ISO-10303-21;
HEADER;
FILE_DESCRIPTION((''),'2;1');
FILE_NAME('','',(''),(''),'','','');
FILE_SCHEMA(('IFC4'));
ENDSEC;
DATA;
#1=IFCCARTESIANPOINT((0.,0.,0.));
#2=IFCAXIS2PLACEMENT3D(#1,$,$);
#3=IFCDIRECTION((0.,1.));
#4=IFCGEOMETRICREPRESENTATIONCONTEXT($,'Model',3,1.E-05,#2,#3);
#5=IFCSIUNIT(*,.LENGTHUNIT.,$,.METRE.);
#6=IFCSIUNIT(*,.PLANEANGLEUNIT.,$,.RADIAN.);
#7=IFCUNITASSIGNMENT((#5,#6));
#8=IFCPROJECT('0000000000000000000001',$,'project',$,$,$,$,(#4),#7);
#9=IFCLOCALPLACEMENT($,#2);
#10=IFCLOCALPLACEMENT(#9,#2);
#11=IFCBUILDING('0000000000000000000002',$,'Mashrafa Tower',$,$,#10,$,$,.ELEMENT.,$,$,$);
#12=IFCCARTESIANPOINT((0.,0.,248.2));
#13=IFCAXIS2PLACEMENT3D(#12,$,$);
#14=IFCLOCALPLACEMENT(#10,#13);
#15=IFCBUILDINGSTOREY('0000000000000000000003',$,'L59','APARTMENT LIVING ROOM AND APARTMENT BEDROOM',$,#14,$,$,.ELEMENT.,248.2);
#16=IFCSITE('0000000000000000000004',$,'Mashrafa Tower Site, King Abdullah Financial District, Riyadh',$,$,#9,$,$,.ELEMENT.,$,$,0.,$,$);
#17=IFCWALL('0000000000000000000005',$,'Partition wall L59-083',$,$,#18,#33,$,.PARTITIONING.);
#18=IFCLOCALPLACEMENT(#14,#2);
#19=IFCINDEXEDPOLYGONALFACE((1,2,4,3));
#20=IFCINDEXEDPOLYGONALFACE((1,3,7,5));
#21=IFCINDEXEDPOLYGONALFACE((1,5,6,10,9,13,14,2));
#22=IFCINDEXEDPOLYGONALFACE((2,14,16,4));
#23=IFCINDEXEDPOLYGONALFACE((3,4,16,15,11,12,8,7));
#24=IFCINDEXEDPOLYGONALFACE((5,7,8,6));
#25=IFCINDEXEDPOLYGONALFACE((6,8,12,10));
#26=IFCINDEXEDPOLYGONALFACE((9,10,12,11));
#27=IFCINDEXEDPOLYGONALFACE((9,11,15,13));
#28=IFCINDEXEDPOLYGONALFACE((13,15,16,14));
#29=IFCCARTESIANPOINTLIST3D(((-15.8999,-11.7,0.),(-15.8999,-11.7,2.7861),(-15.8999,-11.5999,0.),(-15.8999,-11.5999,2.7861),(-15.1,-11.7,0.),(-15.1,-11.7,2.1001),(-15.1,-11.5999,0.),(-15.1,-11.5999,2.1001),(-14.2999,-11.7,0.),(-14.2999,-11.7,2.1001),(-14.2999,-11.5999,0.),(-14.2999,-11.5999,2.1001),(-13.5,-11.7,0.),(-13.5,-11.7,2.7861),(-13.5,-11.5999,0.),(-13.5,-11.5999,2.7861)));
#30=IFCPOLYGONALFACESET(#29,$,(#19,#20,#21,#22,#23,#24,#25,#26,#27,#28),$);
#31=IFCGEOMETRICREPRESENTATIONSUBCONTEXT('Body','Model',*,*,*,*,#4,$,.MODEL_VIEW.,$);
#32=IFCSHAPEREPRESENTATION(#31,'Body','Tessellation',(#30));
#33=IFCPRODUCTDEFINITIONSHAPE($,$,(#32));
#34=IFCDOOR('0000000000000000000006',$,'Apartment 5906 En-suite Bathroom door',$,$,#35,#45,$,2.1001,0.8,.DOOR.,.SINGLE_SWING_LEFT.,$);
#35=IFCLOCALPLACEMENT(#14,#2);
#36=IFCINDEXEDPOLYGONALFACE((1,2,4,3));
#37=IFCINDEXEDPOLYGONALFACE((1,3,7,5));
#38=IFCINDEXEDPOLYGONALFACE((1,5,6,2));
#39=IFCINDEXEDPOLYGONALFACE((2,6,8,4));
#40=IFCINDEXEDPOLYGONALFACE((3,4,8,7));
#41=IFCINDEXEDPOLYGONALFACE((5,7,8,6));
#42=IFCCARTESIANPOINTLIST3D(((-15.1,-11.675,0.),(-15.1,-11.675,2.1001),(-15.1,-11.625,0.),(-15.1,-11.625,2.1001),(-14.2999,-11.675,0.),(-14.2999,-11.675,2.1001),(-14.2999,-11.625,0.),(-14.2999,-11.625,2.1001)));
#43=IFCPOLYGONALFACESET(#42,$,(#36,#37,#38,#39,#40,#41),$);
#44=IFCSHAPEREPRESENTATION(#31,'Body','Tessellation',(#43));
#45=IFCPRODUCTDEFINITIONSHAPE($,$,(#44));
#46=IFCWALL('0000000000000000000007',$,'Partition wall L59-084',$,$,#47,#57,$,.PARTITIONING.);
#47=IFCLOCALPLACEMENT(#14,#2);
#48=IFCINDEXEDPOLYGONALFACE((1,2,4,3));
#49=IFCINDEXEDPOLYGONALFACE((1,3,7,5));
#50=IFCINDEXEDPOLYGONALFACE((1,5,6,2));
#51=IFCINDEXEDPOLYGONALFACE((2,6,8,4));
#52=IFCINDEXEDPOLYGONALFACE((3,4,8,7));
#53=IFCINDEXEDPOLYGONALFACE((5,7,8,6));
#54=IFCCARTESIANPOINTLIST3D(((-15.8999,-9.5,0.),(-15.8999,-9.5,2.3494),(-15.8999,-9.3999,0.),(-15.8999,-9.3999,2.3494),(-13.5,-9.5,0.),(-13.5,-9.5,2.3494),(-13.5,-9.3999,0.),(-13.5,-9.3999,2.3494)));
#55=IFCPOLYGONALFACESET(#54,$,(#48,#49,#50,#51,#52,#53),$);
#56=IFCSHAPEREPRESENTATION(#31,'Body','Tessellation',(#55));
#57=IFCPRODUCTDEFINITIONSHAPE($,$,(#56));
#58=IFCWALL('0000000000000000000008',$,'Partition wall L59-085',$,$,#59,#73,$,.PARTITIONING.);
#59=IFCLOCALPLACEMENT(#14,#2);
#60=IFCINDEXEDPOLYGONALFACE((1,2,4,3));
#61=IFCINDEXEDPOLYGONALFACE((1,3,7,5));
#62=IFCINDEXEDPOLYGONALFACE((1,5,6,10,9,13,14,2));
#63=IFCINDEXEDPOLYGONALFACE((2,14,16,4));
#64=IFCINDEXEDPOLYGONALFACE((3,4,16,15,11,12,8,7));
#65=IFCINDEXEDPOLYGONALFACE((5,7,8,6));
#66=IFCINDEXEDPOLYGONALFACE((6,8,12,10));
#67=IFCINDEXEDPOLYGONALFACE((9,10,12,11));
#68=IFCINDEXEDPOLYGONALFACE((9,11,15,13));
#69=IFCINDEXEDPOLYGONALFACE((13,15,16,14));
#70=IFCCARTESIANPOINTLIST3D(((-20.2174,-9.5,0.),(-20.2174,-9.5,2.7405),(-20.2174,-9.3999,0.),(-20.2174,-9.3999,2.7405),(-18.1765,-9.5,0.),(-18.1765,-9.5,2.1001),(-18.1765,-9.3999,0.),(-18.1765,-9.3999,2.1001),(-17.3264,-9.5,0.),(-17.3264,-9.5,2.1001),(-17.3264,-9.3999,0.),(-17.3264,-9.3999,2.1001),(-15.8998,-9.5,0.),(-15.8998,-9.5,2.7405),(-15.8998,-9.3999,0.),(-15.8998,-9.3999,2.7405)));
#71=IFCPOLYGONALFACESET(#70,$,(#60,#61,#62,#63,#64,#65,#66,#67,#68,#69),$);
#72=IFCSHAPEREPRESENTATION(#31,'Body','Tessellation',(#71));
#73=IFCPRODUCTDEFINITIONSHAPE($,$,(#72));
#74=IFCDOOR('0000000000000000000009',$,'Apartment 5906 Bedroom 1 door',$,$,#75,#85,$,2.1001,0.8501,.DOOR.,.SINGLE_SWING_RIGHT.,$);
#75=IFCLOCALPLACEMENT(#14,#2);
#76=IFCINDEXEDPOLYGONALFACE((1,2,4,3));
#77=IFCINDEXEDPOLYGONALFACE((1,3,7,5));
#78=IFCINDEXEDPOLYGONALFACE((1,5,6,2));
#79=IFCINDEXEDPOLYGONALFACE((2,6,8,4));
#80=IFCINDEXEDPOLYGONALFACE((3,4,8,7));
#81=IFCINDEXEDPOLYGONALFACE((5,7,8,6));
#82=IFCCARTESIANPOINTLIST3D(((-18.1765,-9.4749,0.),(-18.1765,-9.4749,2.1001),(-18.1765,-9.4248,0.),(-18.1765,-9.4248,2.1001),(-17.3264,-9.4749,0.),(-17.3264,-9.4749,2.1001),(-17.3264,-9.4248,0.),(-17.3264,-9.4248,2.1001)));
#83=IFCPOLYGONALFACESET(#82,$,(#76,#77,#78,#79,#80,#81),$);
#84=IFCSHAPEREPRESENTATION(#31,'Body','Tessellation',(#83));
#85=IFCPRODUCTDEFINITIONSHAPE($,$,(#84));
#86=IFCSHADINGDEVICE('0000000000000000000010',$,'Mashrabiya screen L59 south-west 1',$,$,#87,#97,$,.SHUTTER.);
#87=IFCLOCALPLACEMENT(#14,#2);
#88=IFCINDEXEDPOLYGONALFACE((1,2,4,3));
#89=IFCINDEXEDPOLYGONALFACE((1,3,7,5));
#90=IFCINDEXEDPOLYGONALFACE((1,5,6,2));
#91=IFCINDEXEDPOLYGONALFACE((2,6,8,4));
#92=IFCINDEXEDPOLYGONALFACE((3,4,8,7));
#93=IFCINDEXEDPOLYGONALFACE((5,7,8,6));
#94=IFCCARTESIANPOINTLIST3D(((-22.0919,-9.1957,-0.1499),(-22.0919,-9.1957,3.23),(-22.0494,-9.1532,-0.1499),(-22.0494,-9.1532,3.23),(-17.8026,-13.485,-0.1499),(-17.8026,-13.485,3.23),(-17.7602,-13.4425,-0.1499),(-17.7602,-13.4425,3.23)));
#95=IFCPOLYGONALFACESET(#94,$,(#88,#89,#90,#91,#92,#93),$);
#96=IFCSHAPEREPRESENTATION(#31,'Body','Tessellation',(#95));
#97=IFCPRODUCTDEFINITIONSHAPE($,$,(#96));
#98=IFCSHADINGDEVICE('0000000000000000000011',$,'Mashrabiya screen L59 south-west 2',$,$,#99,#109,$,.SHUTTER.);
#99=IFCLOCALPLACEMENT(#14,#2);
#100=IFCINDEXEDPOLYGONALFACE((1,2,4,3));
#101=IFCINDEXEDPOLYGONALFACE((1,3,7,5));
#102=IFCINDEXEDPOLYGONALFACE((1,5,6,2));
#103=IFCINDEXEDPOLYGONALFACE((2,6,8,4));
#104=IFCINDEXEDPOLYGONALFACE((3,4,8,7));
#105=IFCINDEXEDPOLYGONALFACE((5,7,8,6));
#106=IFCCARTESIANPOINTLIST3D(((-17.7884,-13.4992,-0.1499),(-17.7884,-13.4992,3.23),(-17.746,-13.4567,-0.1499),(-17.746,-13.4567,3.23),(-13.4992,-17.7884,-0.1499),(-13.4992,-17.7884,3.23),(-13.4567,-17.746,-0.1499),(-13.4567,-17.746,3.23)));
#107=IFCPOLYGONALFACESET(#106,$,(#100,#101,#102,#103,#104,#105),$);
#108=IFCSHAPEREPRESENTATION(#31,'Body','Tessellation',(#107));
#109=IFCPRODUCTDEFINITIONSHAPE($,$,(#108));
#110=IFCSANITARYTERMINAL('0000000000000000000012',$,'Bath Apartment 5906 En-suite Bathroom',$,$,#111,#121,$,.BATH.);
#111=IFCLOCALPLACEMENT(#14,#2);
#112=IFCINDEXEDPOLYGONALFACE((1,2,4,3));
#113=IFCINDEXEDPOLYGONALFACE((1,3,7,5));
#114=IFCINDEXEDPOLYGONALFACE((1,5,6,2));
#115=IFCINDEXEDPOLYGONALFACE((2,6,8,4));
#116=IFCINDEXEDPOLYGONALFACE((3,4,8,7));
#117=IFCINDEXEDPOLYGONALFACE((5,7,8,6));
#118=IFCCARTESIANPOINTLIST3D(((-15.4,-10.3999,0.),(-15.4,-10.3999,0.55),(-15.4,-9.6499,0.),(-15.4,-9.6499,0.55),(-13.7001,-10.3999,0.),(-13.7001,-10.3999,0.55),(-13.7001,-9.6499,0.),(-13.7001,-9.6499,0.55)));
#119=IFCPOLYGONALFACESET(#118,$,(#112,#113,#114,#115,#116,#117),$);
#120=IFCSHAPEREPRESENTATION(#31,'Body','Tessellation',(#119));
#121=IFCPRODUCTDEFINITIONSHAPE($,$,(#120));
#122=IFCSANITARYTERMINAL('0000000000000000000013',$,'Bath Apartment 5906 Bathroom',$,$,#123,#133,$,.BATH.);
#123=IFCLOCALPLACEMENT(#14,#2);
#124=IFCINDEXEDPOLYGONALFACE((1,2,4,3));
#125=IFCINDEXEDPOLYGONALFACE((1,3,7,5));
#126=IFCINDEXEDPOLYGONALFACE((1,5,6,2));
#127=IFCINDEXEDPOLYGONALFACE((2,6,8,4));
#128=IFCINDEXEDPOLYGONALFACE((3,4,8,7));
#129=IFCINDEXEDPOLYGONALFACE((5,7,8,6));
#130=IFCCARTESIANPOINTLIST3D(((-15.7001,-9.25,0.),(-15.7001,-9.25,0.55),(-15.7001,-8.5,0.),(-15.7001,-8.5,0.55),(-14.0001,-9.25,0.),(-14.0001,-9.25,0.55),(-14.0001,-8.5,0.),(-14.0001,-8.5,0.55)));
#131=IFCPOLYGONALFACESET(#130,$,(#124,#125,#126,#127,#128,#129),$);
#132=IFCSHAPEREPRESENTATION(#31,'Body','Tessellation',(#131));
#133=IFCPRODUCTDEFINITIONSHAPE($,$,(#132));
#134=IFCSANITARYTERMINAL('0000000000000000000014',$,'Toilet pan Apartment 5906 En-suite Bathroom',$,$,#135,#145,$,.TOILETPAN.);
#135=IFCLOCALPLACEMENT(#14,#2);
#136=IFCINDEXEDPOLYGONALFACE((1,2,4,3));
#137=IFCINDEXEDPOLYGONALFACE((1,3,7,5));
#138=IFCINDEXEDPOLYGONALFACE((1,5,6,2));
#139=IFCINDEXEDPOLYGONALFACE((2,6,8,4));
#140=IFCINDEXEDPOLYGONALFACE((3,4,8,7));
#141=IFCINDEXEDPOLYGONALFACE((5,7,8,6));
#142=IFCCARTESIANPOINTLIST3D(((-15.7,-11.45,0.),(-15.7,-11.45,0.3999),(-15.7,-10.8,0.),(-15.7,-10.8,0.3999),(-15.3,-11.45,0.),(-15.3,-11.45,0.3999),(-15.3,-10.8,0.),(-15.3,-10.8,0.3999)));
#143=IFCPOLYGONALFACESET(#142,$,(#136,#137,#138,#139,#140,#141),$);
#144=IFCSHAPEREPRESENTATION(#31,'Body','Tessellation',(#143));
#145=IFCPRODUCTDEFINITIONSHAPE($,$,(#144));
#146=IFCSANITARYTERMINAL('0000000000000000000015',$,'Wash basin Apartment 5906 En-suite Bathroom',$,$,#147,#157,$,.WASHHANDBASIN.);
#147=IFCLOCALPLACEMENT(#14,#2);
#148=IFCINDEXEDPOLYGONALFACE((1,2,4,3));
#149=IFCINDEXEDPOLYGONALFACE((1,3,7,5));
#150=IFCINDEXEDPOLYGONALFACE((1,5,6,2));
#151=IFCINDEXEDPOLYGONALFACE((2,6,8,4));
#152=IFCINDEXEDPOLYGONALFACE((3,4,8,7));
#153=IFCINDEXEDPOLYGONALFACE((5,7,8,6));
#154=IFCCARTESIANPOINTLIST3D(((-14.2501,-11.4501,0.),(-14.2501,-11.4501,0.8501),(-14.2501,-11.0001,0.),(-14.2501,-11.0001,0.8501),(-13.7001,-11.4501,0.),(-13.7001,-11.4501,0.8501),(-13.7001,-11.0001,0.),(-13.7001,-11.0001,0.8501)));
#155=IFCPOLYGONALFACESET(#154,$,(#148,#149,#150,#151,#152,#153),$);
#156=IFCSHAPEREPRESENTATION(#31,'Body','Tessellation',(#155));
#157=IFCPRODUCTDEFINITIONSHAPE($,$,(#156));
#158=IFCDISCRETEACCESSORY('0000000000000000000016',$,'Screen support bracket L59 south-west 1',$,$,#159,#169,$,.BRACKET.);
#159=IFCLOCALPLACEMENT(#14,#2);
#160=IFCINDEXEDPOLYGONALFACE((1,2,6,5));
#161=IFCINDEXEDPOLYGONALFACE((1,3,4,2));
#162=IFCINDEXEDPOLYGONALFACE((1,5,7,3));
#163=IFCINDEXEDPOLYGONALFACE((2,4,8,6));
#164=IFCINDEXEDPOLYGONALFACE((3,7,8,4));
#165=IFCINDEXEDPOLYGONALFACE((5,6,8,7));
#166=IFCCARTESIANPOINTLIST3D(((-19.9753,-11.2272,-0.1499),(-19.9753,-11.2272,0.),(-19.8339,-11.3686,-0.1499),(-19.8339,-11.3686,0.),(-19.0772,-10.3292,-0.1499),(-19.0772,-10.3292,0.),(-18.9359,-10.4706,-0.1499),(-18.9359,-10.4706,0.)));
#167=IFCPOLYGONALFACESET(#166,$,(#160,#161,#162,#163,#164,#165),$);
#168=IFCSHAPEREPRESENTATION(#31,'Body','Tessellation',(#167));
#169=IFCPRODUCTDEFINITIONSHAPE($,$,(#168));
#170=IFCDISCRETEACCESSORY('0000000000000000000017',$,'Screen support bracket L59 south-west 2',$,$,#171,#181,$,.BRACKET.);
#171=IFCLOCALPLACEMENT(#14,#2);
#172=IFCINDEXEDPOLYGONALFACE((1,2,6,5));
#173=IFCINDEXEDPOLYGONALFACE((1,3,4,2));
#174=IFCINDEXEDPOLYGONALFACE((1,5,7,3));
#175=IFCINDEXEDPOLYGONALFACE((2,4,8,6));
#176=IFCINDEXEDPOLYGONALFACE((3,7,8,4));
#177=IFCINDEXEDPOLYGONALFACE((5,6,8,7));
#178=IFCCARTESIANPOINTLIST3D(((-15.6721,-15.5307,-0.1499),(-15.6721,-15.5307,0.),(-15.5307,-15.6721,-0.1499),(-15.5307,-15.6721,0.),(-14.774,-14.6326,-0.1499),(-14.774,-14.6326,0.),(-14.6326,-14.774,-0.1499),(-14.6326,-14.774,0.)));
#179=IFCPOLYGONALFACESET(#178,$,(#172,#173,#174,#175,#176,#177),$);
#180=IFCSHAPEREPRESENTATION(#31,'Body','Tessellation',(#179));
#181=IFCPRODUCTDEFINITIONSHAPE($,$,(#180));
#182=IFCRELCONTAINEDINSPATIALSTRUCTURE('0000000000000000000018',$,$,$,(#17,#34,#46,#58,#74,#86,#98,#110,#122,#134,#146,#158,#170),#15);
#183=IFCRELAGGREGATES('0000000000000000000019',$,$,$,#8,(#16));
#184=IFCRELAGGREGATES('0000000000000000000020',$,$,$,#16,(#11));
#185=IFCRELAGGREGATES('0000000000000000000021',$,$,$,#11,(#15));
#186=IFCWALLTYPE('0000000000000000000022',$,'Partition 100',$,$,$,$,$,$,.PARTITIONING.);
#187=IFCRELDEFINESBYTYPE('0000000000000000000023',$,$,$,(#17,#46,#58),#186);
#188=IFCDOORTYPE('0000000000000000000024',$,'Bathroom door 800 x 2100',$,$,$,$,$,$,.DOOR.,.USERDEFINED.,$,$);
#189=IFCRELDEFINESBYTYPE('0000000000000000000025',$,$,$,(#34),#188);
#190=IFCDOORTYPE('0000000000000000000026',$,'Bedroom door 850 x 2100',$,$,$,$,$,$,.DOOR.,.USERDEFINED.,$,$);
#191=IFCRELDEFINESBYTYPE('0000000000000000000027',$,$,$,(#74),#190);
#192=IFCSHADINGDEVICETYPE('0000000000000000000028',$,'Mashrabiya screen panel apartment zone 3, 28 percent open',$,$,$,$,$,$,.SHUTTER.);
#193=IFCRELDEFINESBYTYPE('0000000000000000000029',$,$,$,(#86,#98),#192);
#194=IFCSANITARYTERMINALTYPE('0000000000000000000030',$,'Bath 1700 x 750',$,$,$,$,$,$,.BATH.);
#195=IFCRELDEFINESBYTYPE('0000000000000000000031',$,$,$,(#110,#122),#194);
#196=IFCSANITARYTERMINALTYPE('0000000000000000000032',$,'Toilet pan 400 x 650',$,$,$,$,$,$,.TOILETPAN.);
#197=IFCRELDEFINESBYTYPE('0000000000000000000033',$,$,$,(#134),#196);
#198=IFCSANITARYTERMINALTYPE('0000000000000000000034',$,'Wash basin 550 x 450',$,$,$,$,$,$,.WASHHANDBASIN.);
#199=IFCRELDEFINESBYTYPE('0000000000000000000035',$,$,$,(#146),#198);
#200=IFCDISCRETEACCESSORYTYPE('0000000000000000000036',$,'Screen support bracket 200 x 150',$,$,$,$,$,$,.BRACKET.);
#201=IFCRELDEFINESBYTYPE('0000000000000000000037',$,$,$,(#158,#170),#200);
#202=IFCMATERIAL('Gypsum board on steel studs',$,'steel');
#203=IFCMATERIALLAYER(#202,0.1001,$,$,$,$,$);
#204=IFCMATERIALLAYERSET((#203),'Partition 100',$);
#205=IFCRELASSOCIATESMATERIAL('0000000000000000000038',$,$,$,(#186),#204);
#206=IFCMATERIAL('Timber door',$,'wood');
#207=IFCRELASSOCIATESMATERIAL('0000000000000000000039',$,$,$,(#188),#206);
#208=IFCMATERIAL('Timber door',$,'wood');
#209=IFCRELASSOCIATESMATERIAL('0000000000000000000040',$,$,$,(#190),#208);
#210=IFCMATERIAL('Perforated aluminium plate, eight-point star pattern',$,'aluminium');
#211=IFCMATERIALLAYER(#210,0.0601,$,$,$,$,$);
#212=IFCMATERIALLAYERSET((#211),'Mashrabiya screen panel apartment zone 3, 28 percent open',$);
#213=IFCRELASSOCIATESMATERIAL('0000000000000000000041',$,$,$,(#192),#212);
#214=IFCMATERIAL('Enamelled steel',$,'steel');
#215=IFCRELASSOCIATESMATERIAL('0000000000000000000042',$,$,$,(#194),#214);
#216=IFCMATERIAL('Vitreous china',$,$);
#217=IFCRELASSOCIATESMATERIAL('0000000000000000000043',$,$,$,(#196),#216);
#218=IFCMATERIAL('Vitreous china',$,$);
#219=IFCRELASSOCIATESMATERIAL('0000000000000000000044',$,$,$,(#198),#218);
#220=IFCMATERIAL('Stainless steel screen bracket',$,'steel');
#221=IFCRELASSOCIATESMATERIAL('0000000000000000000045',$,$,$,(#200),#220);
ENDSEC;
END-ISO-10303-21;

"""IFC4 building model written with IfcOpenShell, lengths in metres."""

from ifc_helpers import new_model, si_unit, direction, frame, frame_2d, origin, origin_2d, place, context, subcontext, project, spatial, rectangle, extrude, source, transform, mapped, material, layer, layer_set, type_object, type_shapes, element, fill, save


model = new_model("IFC4")

# Units and contexts
model_context = context("Model", 3, precision=1e-05, world=origin(), true_north=direction((0.0, 1.0)))
body_context = subcontext(model_context, "Body", "Model", "MODEL_VIEW")
ifc_project = project(units=[si_unit("LENGTHUNIT", "METRE"), si_unit("PLANEANGLEUNIT", "RADIAN")], contexts=[model_context])

# Site, building, storey
site_placement = place(None, origin())
site = spatial("IfcSite", under=ifc_project, at=site_placement, Name="Mashrafa Tower Site, King Abdullah Financial District, Riyadh", CompositionType="ELEMENT", RefElevation=0.0)
building_placement = place(site_placement, origin())
building = spatial("IfcBuilding", under=site, at=building_placement, Name="Mashrafa Tower", CompositionType="ELEMENT")
storey_placement = place(building_placement, frame((0.0, 0.0, 248.2)))
storey = spatial("IfcBuildingStorey", under=building, at=storey_placement, Name="L59", Description="APARTMENT LIVING ROOM AND APARTMENT BEDROOM", CompositionType="ELEMENT", Elevation=248.2)

# Shared definitions
ifc_material_1 = material(Name="Gypsum board on steel studs", Category="steel")
ifc_layer_1 = layer(ifc_material_1, 0.1001)
ifc_layer_set_1 = layer_set([ifc_layer_1], Name="Partition 100")
wall_type_1 = type_object("IfcWallType", Name="Partition 100", PredefinedType="PARTITIONING", material=ifc_layer_set_1)

# Wall, opening, door
wall_1_placement = place(storey_placement, frame((-15.8999, -11.6499, 0.0), z_axis=(0.0, 0.0, 1.0), x_axis=(1.0, 0.0, 0.0)))
wall_1 = element("IfcWall", 1, at=wall_1_placement, inside=storey, type_object=wall_type_1, Name="Partition wall L59-083", PredefinedType="PARTITIONING", context=body_context, shape_type="SweptSolid", body=[
    extrude(rectangle(XDim=2.3999, YDim=0.1001, at=frame_2d((1.2, 0.0))), origin(), (0.0, 0.0, 1.0), 2.7861),
])
opening_1_placement = place(wall_1_placement, frame((0.8, 0.0, 0.0)))
opening_1 = element("IfcOpeningElement", 2, at=opening_1_placement, cuts=wall_1, PredefinedType="OPENING", context=body_context, shape_type="SweptSolid", body=[
    extrude(rectangle(XDim=0.8, YDim=2.1001, at=frame_2d((0.3999, 1.05))), frame((0.0, 0.0601, 0.0), z_axis=(0.0, -1.0, 0.0), x_axis=(1.0, 0.0, 0.0)), (0.0, 0.0, 1.0), 0.1201),
])
ifc_material_2 = material(Name="Timber door", Category="wood")
door_type_1 = type_object("IfcDoorType", Name="Bathroom door 800 x 2100", OperationType="USERDEFINED", PredefinedType="DOOR", material=ifc_material_2)
door_1_placement = place(opening_1_placement, origin())
door_1 = element("IfcDoor", 3, at=door_1_placement, inside=storey, type_object=door_type_1, Name="Apartment 5906 En-suite Bathroom door", OperationType="SINGLE_SWING_LEFT", OverallHeight=2.1001, OverallWidth=0.8, PredefinedType="DOOR", context=body_context, shape_type="SweptSolid", body=[
    extrude(rectangle(XDim=0.8, YDim=2.1001, at=frame_2d((0.3999, 1.05))), frame((0.0, 0.0249, 0.0), z_axis=(0.0, -1.0, 0.0), x_axis=(1.0, 0.0, 0.0)), (0.0, 0.0, 1.0), 0.05),
])
fill(opening_1, door_1)

# Wall
wall_2_placement = place(storey_placement, frame((-13.5, -9.45, 0.0), z_axis=(0.0, 0.0, 1.0), x_axis=(-1.0, 0.0, 0.0)))
element("IfcWall", 4, at=wall_2_placement, inside=storey, type_object=wall_type_1, Name="Partition wall L59-084", PredefinedType="PARTITIONING", context=body_context, shape_type="SweptSolid", body=[
    extrude(rectangle(XDim=2.3999, YDim=0.1001, at=frame_2d((1.2, 0.0))), origin(), (0.0, 0.0, 1.0), 2.3494),
])

# Wall, opening, door
wall_3_placement = place(storey_placement, frame((-15.8999, -9.45, 0.0), z_axis=(0.0, 0.0, 1.0), x_axis=(-1.0, 0.0, 0.0)))
wall_3 = element("IfcWall", 5, at=wall_3_placement, inside=storey, type_object=wall_type_1, Name="Partition wall L59-085", PredefinedType="PARTITIONING", context=body_context, shape_type="SweptSolid", body=[
    extrude(rectangle(XDim=4.3176, YDim=0.1001, at=frame_2d((2.1587, 0.0))), origin(), (0.0, 0.0, 1.0), 2.7405),
])
opening_2_placement = place(wall_3_placement, frame((1.4265, 0.0, 0.0)))
opening_2 = element("IfcOpeningElement", 6, at=opening_2_placement, cuts=wall_3, PredefinedType="OPENING", context=body_context, shape_type="SweptSolid", body=[
    extrude(rectangle(XDim=0.8501, YDim=2.1001, at=frame_2d((0.425, 1.05))), frame((0.0, 0.0601, 0.0), z_axis=(0.0, -1.0, 0.0), x_axis=(1.0, 0.0, 0.0)), (0.0, 0.0, 1.0), 0.1201),
])
ifc_material_3 = material(Name="Timber door", Category="wood")
door_type_2 = type_object("IfcDoorType", Name="Bedroom door 850 x 2100", OperationType="USERDEFINED", PredefinedType="DOOR", material=ifc_material_3)
door_2_placement = place(opening_2_placement, origin())
door_2 = element("IfcDoor", 7, at=door_2_placement, inside=storey, type_object=door_type_2, Name="Apartment 5906 Bedroom 1 door", OperationType="SINGLE_SWING_RIGHT", OverallHeight=2.1001, OverallWidth=0.8501, PredefinedType="DOOR", context=body_context, shape_type="SweptSolid", body=[
    extrude(rectangle(XDim=0.8501, YDim=2.1001, at=frame_2d((0.425, 1.05))), frame((0.0, 0.0249, 0.0), z_axis=(0.0, -1.0, 0.0), x_axis=(1.0, 0.0, 0.0)), (0.0, 0.0, 1.0), 0.05),
])
fill(opening_2, door_2)

# Shading devices
ifc_material_4 = material(Name="Perforated aluminium plate, eight-point star pattern", Category="aluminium")
ifc_layer_2 = layer(ifc_material_4, 0.0601)
ifc_layer_set_2 = layer_set([ifc_layer_2], Name="Mashrabiya screen panel apartment zone 3, 28 percent open")
shading_device_type = type_object("IfcShadingDeviceType", Name="Mashrabiya screen panel apartment zone 3, 28 percent open", PredefinedType="SHUTTER", material=ifc_layer_set_2)
shared_shape_1 = source(origin(), body_context, "Body", "SweptSolid", [
    extrude(rectangle(XDim=6.0659, YDim=0.0601, at=origin_2d()), origin(), (0.0, 0.0, 1.0), 3.3799),
])
type_shapes(shading_device_type, [shared_shape_1])
for number, where, z_axis, x_axis, name in (
    (8, (-19.926, -11.3191, -0.1499), (0.0, 0.0, 1.0), (0.707107, -0.707107, 0.0), "Mashrabiya screen L59 south-west 1"),
    (9, (-15.6226, -15.6226, -0.1499), (0.0, 0.0, 1.0), (0.707107, -0.707107, 0.0), "Mashrabiya screen L59 south-west 2"),
):
    element("IfcShadingDevice", number, at=place(storey_placement, frame(where, z_axis=z_axis, x_axis=x_axis)), inside=storey, type_object=shading_device_type, Name=name, PredefinedType="SHUTTER", context=body_context, shape_type="MappedRepresentation", body=[
        mapped(shared_shape_1, transform((0.0, 0.0, 0.0))),
    ])

# Sanitary terminals
ifc_material_5 = material(Name="Enamelled steel", Category="steel")
sanitary_terminal_type_1 = type_object("IfcSanitaryTerminalType", Name="Bath 1700 x 750", PredefinedType="BATH", material=ifc_material_5)
for number, where, z_axis, x_axis, name in (
    (10, (-14.55, -10.0249, 0.0), (0.0, 0.0, 1.0), (-1.0, 0.0, 0.0), "Bath Apartment 5906 En-suite Bathroom"),
    (11, (-14.8501, -8.875, 0.0), (0.0, 0.0, 1.0), (1.0, 0.0, 0.0), "Bath Apartment 5906 Bathroom"),
):
    element("IfcSanitaryTerminal", number, at=place(storey_placement, frame(where, z_axis=z_axis, x_axis=x_axis)), inside=storey, type_object=sanitary_terminal_type_1, Name=name, PredefinedType="BATH", context=body_context, shape_type="SweptSolid", body=[
        extrude(rectangle(XDim=1.7, YDim=0.75, at=origin_2d()), origin(), (0.0, 0.0, 1.0), 0.55),
    ])
ifc_material_6 = material(Name="Vitreous china")
sanitary_terminal_type_2 = type_object("IfcSanitaryTerminalType", Name="Toilet pan 400 x 650", PredefinedType="TOILETPAN", material=ifc_material_6)
sanitary_terminal_1_placement = place(storey_placement, frame((-15.5, -11.125, 0.0), z_axis=(0.0, 0.0, 1.0), x_axis=(1.0, 0.0, 0.0)))
element("IfcSanitaryTerminal", 12, at=sanitary_terminal_1_placement, inside=storey, type_object=sanitary_terminal_type_2, Name="Toilet pan Apartment 5906 En-suite Bathroom", PredefinedType="TOILETPAN", context=body_context, shape_type="SweptSolid", body=[
    extrude(rectangle(XDim=0.3999, YDim=0.6499, at=origin_2d()), origin(), (0.0, 0.0, 1.0), 0.3999),
])
ifc_material_7 = material(Name="Vitreous china")
sanitary_terminal_type_3 = type_object("IfcSanitaryTerminalType", Name="Wash basin 550 x 450", PredefinedType="WASHHANDBASIN", material=ifc_material_7)
sanitary_terminal_2_placement = place(storey_placement, frame((-13.9751, -11.2251, 0.0), z_axis=(0.0, 0.0, 1.0), x_axis=(1.0, 0.0, 0.0)))
element("IfcSanitaryTerminal", 13, at=sanitary_terminal_2_placement, inside=storey, type_object=sanitary_terminal_type_3, Name="Wash basin Apartment 5906 En-suite Bathroom", PredefinedType="WASHHANDBASIN", context=body_context, shape_type="SweptSolid", body=[
    extrude(rectangle(XDim=0.55, YDim=0.45, at=origin_2d()), origin(), (0.0, 0.0, 1.0), 0.8501),
])

# Discrete accessories
ifc_material_8 = material(Name="Stainless steel screen bracket", Category="steel")
discrete_accessory_type = type_object("IfcDiscreteAccessoryType", Name="Screen support bracket 200 x 150", PredefinedType="BRACKET", material=ifc_material_8)
shared_shape_2 = source(origin(), body_context, "Body", "SweptSolid", [
    extrude(rectangle(XDim=0.2, YDim=1.27, at=origin_2d()), origin(), (0.0, 0.0, 1.0), 0.1499),
])
type_shapes(discrete_accessory_type, [shared_shape_2])
for number, where, z_axis, x_axis, name in (
    (14, (-19.4556, -10.8489, -0.1499), (0.0, 0.0, 1.0), (0.707107, -0.707107, 0.0), "Screen support bracket L59 south-west 1"),
    (15, (-15.1523, -15.1523, -0.1499), (0.0, 0.0, 1.0), (0.707107, -0.707107, 0.0), "Screen support bracket L59 south-west 2"),
):
    element("IfcDiscreteAccessory", number, at=place(storey_placement, frame(where, z_axis=z_axis, x_axis=x_axis)), inside=storey, type_object=discrete_accessory_type, Name=name, PredefinedType="BRACKET", context=body_context, shape_type="MappedRepresentation", body=[
        mapped(shared_shape_2, transform((0.0, 0.0, 0.0))),
    ])

save(model, "model.ifc")
